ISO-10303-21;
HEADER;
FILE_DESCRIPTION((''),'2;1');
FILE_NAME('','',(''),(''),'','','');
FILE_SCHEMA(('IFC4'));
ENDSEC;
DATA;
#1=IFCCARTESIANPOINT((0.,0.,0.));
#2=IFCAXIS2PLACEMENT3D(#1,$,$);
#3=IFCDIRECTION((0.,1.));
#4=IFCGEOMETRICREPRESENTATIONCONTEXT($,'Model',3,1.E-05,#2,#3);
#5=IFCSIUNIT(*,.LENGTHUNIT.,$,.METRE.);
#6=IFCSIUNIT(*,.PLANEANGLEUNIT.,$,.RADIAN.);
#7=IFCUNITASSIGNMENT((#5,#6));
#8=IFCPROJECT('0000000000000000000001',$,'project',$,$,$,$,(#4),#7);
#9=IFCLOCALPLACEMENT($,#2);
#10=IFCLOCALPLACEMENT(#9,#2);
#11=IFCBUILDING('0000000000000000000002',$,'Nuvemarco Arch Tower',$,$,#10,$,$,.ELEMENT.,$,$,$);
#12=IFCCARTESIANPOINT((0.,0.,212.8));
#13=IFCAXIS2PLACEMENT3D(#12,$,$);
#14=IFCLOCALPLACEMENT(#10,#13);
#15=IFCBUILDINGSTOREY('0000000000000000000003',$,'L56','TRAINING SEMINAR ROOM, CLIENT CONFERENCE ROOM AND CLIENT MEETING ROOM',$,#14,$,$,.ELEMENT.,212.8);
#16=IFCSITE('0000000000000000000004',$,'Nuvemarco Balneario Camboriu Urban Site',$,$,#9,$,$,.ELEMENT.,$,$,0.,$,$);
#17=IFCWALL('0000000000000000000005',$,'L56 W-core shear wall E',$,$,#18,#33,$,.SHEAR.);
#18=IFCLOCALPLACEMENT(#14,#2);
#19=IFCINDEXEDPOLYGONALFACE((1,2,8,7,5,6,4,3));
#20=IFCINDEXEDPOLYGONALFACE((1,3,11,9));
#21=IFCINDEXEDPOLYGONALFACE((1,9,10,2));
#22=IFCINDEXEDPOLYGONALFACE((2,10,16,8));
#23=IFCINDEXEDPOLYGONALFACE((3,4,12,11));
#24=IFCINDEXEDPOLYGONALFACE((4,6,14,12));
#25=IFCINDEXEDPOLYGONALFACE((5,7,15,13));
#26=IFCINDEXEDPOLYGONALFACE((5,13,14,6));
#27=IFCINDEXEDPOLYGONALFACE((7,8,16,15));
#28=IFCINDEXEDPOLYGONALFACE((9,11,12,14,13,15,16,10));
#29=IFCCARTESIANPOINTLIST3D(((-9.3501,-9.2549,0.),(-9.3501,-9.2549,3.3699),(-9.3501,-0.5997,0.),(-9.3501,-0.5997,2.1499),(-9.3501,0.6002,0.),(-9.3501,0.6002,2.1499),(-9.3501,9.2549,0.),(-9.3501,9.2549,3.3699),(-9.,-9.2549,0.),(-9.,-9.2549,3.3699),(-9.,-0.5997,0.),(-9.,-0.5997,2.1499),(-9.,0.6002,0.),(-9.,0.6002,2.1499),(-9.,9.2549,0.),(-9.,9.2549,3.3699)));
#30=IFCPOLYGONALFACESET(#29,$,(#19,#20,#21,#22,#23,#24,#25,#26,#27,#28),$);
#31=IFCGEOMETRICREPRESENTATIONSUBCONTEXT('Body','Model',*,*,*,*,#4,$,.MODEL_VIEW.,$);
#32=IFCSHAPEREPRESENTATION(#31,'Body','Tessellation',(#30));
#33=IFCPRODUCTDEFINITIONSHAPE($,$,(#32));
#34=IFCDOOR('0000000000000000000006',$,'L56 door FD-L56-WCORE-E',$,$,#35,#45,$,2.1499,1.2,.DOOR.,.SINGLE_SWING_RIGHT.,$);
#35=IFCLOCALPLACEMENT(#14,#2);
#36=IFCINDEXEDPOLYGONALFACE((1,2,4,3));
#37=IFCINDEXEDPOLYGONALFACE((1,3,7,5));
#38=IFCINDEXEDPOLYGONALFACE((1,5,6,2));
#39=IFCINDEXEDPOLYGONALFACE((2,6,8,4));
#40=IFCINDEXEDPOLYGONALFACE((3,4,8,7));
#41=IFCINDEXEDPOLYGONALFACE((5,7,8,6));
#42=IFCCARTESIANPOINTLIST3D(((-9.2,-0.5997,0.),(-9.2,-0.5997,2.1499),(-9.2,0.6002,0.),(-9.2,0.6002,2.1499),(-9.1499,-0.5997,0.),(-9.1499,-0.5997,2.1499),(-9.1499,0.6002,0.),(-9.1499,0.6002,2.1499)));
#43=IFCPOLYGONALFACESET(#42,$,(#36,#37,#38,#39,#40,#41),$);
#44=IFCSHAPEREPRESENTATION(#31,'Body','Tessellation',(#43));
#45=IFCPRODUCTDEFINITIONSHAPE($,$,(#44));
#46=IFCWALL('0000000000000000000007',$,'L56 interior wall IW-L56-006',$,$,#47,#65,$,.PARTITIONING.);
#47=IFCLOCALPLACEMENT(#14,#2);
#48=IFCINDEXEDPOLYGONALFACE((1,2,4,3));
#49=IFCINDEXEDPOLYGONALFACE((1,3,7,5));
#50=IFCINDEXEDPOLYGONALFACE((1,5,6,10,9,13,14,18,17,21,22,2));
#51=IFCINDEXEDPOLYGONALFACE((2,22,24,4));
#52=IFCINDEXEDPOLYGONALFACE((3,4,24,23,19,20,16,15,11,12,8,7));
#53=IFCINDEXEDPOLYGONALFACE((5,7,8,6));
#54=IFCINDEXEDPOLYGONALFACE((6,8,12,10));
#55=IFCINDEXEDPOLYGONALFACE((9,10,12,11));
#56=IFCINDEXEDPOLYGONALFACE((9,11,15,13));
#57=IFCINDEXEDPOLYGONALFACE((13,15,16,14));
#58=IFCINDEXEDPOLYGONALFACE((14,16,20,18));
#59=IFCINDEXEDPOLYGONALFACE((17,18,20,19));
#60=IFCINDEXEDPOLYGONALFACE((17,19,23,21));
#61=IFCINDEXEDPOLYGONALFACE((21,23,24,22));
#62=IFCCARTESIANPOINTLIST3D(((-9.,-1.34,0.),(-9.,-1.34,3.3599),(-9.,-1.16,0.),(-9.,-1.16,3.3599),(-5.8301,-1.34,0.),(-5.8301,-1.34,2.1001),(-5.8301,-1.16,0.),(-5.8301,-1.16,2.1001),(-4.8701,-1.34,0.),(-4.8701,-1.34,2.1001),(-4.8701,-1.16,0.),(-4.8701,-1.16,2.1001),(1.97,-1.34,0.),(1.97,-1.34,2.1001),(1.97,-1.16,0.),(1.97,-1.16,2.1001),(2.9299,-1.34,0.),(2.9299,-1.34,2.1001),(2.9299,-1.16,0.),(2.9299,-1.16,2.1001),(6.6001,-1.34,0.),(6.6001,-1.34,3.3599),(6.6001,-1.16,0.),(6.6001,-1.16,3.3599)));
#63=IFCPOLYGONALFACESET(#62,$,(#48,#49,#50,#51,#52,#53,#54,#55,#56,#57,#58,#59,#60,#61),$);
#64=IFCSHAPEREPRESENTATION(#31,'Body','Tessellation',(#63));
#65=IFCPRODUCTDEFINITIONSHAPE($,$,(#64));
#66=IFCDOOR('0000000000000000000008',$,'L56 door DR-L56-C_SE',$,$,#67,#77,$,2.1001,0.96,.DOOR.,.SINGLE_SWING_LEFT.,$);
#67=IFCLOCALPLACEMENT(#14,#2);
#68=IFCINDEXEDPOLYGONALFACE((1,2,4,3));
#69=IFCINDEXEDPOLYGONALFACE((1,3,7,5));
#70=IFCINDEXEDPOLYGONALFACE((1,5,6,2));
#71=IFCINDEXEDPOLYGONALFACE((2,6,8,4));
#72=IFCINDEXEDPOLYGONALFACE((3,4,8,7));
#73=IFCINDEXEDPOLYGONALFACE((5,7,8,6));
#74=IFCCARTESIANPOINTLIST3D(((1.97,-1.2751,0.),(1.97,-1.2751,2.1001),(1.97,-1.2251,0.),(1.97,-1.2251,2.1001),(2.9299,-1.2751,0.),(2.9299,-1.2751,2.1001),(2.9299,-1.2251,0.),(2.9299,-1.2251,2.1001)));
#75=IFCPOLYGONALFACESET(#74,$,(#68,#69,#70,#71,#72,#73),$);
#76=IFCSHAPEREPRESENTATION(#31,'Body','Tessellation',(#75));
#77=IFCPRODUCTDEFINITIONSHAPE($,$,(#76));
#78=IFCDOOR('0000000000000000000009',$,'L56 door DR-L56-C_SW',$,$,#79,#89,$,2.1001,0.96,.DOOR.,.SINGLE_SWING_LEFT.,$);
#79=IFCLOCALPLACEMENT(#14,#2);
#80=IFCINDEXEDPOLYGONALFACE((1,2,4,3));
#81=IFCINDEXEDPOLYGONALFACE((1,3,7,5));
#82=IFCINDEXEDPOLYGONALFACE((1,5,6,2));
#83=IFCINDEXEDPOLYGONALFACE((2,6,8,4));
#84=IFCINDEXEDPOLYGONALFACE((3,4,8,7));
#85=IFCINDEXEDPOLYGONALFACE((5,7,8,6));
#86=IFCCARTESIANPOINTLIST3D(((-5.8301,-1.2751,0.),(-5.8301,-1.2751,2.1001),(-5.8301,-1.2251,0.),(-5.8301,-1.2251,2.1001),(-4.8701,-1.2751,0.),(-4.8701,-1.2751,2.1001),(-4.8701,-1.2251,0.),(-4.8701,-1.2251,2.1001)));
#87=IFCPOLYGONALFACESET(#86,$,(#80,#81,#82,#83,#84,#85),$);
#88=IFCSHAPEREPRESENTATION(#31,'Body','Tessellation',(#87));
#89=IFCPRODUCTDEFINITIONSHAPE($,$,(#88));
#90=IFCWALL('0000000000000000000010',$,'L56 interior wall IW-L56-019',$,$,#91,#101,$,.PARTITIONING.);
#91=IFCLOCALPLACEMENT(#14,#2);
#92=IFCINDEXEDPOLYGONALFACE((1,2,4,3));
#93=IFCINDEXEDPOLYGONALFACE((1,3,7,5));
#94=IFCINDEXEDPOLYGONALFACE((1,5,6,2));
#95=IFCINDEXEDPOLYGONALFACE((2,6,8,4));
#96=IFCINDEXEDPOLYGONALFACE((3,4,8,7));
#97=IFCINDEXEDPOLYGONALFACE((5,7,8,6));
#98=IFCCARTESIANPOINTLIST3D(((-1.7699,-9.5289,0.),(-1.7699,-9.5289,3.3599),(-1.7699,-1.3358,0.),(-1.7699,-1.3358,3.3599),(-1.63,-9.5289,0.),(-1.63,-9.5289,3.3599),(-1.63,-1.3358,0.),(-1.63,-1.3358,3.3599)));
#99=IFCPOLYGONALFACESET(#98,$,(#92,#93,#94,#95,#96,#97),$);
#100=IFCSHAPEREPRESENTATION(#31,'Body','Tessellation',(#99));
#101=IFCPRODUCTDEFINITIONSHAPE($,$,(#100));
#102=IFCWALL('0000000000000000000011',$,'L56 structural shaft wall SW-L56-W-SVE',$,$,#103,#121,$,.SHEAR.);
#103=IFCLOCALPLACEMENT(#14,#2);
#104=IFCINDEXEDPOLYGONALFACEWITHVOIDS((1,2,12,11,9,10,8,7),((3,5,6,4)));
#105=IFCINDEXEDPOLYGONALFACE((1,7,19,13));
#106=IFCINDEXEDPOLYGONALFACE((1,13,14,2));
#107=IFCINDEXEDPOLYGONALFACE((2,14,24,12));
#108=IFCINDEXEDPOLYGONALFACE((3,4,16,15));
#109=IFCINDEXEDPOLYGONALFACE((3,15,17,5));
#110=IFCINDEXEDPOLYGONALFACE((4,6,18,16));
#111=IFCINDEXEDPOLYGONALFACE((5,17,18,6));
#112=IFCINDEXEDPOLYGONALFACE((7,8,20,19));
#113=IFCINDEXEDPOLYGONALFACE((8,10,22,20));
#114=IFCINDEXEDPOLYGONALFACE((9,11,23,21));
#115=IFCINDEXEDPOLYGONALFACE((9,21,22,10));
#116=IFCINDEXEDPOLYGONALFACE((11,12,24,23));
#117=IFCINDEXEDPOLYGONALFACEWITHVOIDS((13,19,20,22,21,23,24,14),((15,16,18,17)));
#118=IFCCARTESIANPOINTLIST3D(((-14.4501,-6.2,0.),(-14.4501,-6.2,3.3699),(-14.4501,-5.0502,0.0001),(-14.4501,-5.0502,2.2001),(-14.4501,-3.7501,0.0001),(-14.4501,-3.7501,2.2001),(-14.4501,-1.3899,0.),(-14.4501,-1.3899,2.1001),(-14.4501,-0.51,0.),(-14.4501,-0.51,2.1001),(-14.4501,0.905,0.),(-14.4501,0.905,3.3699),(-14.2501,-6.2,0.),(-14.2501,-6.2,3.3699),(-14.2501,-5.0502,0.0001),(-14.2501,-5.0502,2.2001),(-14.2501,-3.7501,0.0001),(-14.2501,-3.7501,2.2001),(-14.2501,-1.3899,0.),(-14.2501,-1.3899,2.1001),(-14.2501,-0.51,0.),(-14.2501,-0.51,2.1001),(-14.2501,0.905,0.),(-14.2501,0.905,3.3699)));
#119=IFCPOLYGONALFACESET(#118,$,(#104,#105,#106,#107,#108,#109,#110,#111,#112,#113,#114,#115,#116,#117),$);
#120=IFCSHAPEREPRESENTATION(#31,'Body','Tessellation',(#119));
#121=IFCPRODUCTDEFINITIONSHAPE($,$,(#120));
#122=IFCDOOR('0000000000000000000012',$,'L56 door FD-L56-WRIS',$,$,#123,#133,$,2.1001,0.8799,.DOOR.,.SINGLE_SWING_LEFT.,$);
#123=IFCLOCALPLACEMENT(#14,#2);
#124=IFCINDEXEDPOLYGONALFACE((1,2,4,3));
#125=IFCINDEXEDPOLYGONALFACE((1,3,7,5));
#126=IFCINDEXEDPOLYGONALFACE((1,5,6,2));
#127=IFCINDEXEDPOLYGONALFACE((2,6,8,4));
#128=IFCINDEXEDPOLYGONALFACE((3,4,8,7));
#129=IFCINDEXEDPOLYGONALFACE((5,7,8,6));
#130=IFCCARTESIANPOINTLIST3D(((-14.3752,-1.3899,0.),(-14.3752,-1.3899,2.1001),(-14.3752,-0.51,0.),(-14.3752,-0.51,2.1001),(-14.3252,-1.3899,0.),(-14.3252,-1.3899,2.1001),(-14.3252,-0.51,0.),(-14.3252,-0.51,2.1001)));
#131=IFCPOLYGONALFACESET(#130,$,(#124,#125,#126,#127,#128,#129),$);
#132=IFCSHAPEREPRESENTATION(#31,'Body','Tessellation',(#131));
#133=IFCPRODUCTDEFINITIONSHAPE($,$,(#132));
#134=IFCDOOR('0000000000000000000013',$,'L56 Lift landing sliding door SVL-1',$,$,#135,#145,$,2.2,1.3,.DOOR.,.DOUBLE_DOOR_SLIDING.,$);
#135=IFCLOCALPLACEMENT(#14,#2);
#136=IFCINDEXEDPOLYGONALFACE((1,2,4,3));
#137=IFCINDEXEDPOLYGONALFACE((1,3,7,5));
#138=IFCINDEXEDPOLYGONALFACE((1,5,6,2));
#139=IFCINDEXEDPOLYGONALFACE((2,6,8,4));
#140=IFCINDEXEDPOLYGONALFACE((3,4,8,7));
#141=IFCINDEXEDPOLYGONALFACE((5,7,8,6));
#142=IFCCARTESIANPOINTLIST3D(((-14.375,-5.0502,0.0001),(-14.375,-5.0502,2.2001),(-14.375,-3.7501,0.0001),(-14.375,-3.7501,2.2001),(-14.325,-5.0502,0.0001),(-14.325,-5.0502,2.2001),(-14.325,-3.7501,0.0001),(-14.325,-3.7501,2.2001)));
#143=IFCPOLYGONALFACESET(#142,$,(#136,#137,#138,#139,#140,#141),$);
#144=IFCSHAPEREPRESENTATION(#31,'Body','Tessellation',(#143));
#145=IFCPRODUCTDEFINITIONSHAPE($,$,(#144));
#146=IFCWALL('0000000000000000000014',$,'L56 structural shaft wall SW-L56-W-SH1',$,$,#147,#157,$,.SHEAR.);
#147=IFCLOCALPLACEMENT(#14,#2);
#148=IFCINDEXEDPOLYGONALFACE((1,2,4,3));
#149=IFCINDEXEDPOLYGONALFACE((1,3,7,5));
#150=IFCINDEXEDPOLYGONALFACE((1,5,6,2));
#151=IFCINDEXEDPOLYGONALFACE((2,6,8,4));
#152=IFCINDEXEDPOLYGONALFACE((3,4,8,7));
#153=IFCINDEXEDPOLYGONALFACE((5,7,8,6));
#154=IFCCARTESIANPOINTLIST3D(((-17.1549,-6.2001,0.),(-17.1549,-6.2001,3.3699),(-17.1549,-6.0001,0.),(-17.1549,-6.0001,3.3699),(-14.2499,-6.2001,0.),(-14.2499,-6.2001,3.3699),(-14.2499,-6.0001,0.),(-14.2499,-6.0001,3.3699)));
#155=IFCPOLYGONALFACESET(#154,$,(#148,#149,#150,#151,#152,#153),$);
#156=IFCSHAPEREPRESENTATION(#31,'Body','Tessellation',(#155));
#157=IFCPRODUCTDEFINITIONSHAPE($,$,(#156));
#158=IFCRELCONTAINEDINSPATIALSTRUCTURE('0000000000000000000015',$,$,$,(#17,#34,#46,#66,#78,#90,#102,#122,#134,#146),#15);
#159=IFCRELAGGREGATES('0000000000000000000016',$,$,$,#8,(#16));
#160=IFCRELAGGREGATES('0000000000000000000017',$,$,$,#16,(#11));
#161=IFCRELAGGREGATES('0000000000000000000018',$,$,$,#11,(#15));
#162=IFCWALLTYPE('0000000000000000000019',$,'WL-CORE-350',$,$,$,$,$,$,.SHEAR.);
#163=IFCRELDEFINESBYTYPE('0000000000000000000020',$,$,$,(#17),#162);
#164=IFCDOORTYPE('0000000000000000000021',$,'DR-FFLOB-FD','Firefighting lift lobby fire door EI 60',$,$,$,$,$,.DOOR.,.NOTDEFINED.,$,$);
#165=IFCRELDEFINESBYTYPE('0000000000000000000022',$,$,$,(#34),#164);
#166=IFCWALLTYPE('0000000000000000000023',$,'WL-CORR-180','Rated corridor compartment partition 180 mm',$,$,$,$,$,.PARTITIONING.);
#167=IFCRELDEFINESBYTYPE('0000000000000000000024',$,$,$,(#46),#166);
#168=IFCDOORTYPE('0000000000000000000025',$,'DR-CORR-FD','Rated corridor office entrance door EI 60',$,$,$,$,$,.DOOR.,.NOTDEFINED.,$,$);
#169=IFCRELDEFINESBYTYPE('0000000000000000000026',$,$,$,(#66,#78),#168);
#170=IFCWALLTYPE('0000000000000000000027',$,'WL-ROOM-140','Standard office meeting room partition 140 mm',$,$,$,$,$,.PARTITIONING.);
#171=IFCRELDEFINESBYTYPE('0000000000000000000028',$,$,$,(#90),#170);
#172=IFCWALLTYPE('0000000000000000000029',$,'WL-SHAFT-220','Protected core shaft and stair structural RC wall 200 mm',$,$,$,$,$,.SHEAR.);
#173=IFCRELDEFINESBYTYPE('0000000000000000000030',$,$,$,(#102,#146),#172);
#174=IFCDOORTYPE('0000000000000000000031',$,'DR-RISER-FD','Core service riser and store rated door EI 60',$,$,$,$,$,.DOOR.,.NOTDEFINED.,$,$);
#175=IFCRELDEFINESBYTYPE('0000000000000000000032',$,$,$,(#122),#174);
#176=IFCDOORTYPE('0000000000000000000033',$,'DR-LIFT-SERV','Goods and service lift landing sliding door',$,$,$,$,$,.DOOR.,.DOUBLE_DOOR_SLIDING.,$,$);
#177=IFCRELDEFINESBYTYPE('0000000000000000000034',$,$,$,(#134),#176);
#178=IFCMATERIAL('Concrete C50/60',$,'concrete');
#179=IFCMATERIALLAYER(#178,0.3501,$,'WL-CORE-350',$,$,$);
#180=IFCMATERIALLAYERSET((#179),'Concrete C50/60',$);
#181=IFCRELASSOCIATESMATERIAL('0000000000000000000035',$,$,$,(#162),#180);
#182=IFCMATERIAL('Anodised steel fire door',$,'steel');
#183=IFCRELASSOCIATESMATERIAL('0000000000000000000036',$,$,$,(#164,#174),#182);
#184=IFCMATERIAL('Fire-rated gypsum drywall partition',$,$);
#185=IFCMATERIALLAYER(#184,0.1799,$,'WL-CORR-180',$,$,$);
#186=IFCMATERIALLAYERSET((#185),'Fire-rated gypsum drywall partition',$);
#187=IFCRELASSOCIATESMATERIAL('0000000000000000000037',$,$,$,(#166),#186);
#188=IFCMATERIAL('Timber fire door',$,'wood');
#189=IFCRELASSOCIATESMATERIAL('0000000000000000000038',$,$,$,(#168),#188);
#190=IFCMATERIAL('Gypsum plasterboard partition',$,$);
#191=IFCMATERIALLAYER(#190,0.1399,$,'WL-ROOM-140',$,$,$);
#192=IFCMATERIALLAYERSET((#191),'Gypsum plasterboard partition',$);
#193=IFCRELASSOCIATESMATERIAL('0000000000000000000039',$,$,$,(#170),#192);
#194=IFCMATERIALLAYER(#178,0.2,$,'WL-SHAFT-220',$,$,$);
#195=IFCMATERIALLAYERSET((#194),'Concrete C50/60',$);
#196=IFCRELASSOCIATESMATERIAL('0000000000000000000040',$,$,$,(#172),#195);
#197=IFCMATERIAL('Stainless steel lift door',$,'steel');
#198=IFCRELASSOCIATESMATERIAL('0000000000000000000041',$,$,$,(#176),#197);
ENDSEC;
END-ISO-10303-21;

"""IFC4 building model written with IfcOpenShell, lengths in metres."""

from ifc_helpers import new_model, si_unit, direction, frame, frame_2d, origin, place, context, subcontext, project, spatial, rectangle, extrude, source, transform, mapped, material, layer, layer_set, type_object, type_shapes, element, fill, save


model = new_model("IFC4")

# Units and contexts
model_context = context("Model", 3, precision=1e-05, world=origin(), true_north=direction((0.0, 1.0)))
body_context = subcontext(model_context, "Body", "Model", "MODEL_VIEW")
ifc_project = project(units=[si_unit("LENGTHUNIT", "METRE"), si_unit("PLANEANGLEUNIT", "RADIAN")], contexts=[model_context])

# Site, building, storey
site_placement = place(None, origin())
site = spatial("IfcSite", under=ifc_project, at=site_placement, Name="Nuvemarco Balneario Camboriu Urban Site", CompositionType="ELEMENT", RefElevation=0.0)
building_placement = place(site_placement, origin())
building = spatial("IfcBuilding", under=site, at=building_placement, Name="Nuvemarco Arch Tower", CompositionType="ELEMENT")
storey_placement = place(building_placement, frame((0.0, 0.0, 212.8)))
storey = spatial("IfcBuildingStorey", under=building, at=storey_placement, Name="L56", Description="TRAINING SEMINAR ROOM, CLIENT CONFERENCE ROOM AND CLIENT MEETING ROOM", CompositionType="ELEMENT", Elevation=212.8)

# Shared definitions
ifc_material_1 = material(Name="Concrete C50/60", Category="concrete")

# Shared definitions
ifc_layer_1 = layer(ifc_material_1, 0.3501, Name="WL-CORE-350")
ifc_layer_set_1 = layer_set([ifc_layer_1], Name="Concrete C50/60")
wall_type_1 = type_object("IfcWallType", Name="WL-CORE-350", PredefinedType="SHEAR", material=ifc_layer_set_1)

# Wall, opening, door
wall_1_placement = place(storey_placement, frame((-9.175, -9.2549, 0.0), z_axis=(0.0, 0.0, 1.0), x_axis=(0.0, 1.0, 0.0)))
wall_1 = element("IfcWall", 1, at=wall_1_placement, inside=storey, type_object=wall_type_1, Name="L56 W-core shear wall E", PredefinedType="SHEAR", context=body_context, shape_type="SweptSolid", body=[
    extrude(rectangle(XDim=18.5098, YDim=0.3501, at=frame_2d((9.2549, 0.0))), origin(), (0.0, 0.0, 1.0), 3.3699),
])
opening_1_placement = place(wall_1_placement, frame((8.655, 0.0, 0.0)))
opening_1 = element("IfcOpeningElement", 2, at=opening_1_placement, cuts=wall_1, PredefinedType="OPENING", context=body_context, shape_type="SweptSolid", body=[
    extrude(rectangle(XDim=1.2, YDim=2.1499, at=frame_2d((0.6001, 1.075))), frame((0.0, 0.1851, 0.0), z_axis=(0.0, -1.0, 0.0), x_axis=(1.0, 0.0, 0.0)), (0.0, 0.0, 1.0), 0.3701),
])
ifc_material_2 = material(Name="Anodised steel fire door", Category="steel")
door_type_1 = type_object("IfcDoorType", Name="DR-FFLOB-FD", Description="Firefighting lift lobby fire door EI 60", OperationType="NOTDEFINED", PredefinedType="DOOR", material=ifc_material_2)
shared_shape_1 = source(origin(), body_context, "Body", "SweptSolid", [
    extrude(rectangle(XDim=1.2, YDim=2.1499, at=frame_2d((0.6001, 1.075))), frame((0.0, 0.0249, 0.0), z_axis=(0.0, -1.0, 0.0), x_axis=(1.0, 0.0, 0.0)), (0.0, 0.0, 1.0), 0.05),
])
type_shapes(door_type_1, [shared_shape_1])
door_1_placement = place(opening_1_placement, origin())
door_1 = element("IfcDoor", 3, at=door_1_placement, inside=storey, type_object=door_type_1, Name="L56 door FD-L56-WCORE-E", OperationType="SINGLE_SWING_RIGHT", OverallHeight=2.1499, OverallWidth=1.2, PredefinedType="DOOR", context=body_context, shape_type="MappedRepresentation", body=[
    mapped(shared_shape_1, transform((0.0, 0.0, 0.0), scale=1.0)),
])
fill(opening_1, door_1)

# Wall, openings, doors
ifc_material_3 = material(Name="Fire-rated gypsum drywall partition")
ifc_layer_2 = layer(ifc_material_3, 0.1799, Name="WL-CORR-180")
ifc_layer_set_2 = layer_set([ifc_layer_2], Name="Fire-rated gypsum drywall partition")
wall_type_2 = type_object("IfcWallType", Name="WL-CORR-180", Description="Rated corridor compartment partition 180 mm", PredefinedType="PARTITIONING", material=ifc_layer_set_2)
wall_2_placement = place(storey_placement, frame((-9.0, -1.25, 0.0), z_axis=(0.0, 0.0, 1.0), x_axis=(1.0, 0.0, 0.0)))
wall_2 = element("IfcWall", 4, at=wall_2_placement, inside=storey, type_object=wall_type_2, Name="L56 interior wall IW-L56-006", PredefinedType="PARTITIONING", context=body_context, shape_type="SweptSolid", body=[
    extrude(rectangle(XDim=15.6001, YDim=0.1799, at=frame_2d((7.8, 0.0))), origin(), (0.0, 0.0, 1.0), 3.3599),
])
opening_2_placement = place(wall_2_placement, frame((10.97, 0.0, 0.0)))
opening_2 = element("IfcOpeningElement", 5, at=opening_2_placement, cuts=wall_2, PredefinedType="OPENING", context=body_context, shape_type="SweptSolid", body=[
    extrude(rectangle(XDim=0.96, YDim=2.1001, at=frame_2d((0.48, 1.05))), frame((0.0, 0.0999, 0.0), z_axis=(0.0, -1.0, 0.0), x_axis=(1.0, 0.0, 0.0)), (0.0, 0.0, 1.0), 0.2),
])
opening_3_placement = place(wall_2_placement, frame((3.1699, 0.0, 0.0)))
opening_3 = element("IfcOpeningElement", 6, at=opening_3_placement, cuts=wall_2, PredefinedType="OPENING", context=body_context, shape_type="SweptSolid", body=[
    extrude(rectangle(XDim=0.96, YDim=2.1001, at=frame_2d((0.48, 1.05))), frame((0.0, 0.0999, 0.0), z_axis=(0.0, -1.0, 0.0), x_axis=(1.0, 0.0, 0.0)), (0.0, 0.0, 1.0), 0.2),
])
ifc_material_4 = material(Name="Timber fire door", Category="wood")
door_type_2 = type_object("IfcDoorType", Name="DR-CORR-FD", Description="Rated corridor office entrance door EI 60", OperationType="NOTDEFINED", PredefinedType="DOOR", material=ifc_material_4)
shared_shape_2 = source(origin(), body_context, "Body", "SweptSolid", [
    extrude(rectangle(XDim=0.96, YDim=2.1001, at=frame_2d((0.48, 1.05))), frame((0.0, 0.0249, 0.0), z_axis=(0.0, -1.0, 0.0), x_axis=(1.0, 0.0, 0.0)), (0.0, 0.0, 1.0), 0.05),
])
type_shapes(door_type_2, [shared_shape_2])
door_2_placement = place(opening_2_placement, origin())
door_2 = element("IfcDoor", 7, at=door_2_placement, inside=storey, type_object=door_type_2, Name="L56 door DR-L56-C_SE", OperationType="SINGLE_SWING_LEFT", OverallHeight=2.1001, OverallWidth=0.96, PredefinedType="DOOR", context=body_context, shape_type="MappedRepresentation", body=[
    mapped(shared_shape_2, transform((0.0, 0.0, 0.0), scale=1.0)),
])
fill(opening_2, door_2)
door_3_placement = place(opening_3_placement, origin())
door_3 = element("IfcDoor", 8, at=door_3_placement, inside=storey, type_object=door_type_2, Name="L56 door DR-L56-C_SW", OperationType="SINGLE_SWING_LEFT", OverallHeight=2.1001, OverallWidth=0.96, PredefinedType="DOOR", context=body_context, shape_type="MappedRepresentation", body=[
    mapped(shared_shape_2, transform((0.0, 0.0, 0.0), scale=1.0)),
])
fill(opening_3, door_3)

# Wall
ifc_material_5 = material(Name="Gypsum plasterboard partition")
ifc_layer_3 = layer(ifc_material_5, 0.1399, Name="WL-ROOM-140")
ifc_layer_set_3 = layer_set([ifc_layer_3], Name="Gypsum plasterboard partition")
wall_type_3 = type_object("IfcWallType", Name="WL-ROOM-140", Description="Standard office meeting room partition 140 mm", PredefinedType="PARTITIONING", material=ifc_layer_set_3)
wall_3_placement = place(storey_placement, frame((-1.7, -9.5291, 0.0), z_axis=(0.0, 0.0, 1.0), x_axis=(0.0, 1.0, 0.0)))
element("IfcWall", 9, at=wall_3_placement, inside=storey, type_object=wall_type_3, Name="L56 interior wall IW-L56-019", PredefinedType="PARTITIONING", context=body_context, shape_type="SweptSolid", body=[
    extrude(rectangle(XDim=8.1931, YDim=0.1399, at=frame_2d((4.0967, 0.0))), origin(), (0.0, 0.0, 1.0), 3.3599),
])

# Shared definitions
ifc_layer_4 = layer(ifc_material_1, 0.2, Name="WL-SHAFT-220")
ifc_layer_set_4 = layer_set([ifc_layer_4], Name="Concrete C50/60")
wall_type_4 = type_object("IfcWallType", Name="WL-SHAFT-220", Description="Protected core shaft and stair structural RC wall 200 mm", PredefinedType="SHEAR", material=ifc_layer_set_4)
ifc_material_6 = material(Name="Stainless steel lift door", Category="steel")

# Wall, openings, doors
wall_4_placement = place(storey_placement, frame((-14.3501, -6.2, 0.0), z_axis=(0.0, 0.0, 1.0), x_axis=(0.0, 1.0, 0.0)))
wall_4 = element("IfcWall", 10, at=wall_4_placement, inside=storey, type_object=wall_type_4, Name="L56 structural shaft wall SW-L56-W-SVE", PredefinedType="SHEAR", context=body_context, shape_type="SweptSolid", body=[
    extrude(rectangle(XDim=7.105, YDim=0.2, at=frame_2d((3.5525, 0.0))), origin(), (0.0, 0.0, 1.0), 3.3699),
])
opening_4_placement = place(wall_4_placement, frame((5.6899, 0.0, 0.0), z_axis=(0.0, 0.0, 1.0), x_axis=(-1.0, 0.0, 0.0)))
opening_4 = element("IfcOpeningElement", 11, at=opening_4_placement, cuts=wall_4, PredefinedType="OPENING", context=body_context, shape_type="SweptSolid", body=[
    extrude(rectangle(XDim=0.8799, YDim=2.1001, at=frame_2d((0.4399, 1.05))), frame((0.0, 0.1099, 0.0), z_axis=(0.0, -1.0, 0.0), x_axis=(1.0, 0.0, 0.0)), (0.0, 0.0, 1.0), 0.22),
])
opening_5_placement = place(wall_4_placement, frame((1.1499, 0.0, 0.0)))
opening_5 = element("IfcOpeningElement", 12, at=opening_5_placement, cuts=wall_4, PredefinedType="OPENING", context=body_context, shape_type="SweptSolid", body=[
    extrude(rectangle(XDim=1.3, YDim=2.2, at=frame_2d((0.6499, 1.1001))), frame((0.0, 0.1099, 0.0), z_axis=(0.0, -1.0, 0.0), x_axis=(1.0, 0.0, 0.0)), (0.0, 0.0, 1.0), 0.22),
])
door_type_3 = type_object("IfcDoorType", Name="DR-RISER-FD", Description="Core service riser and store rated door EI 60", OperationType="NOTDEFINED", PredefinedType="DOOR", material=ifc_material_2)
shared_shape_3 = source(origin(), body_context, "Body", "SweptSolid", [
    extrude(rectangle(XDim=0.8799, YDim=2.1001, at=frame_2d((0.4399, 1.05))), frame((0.0, 0.0249, 0.0), z_axis=(0.0, -1.0, 0.0), x_axis=(1.0, 0.0, 0.0)), (0.0, 0.0, 1.0), 0.05),
])
type_shapes(door_type_3, [shared_shape_3])
door_4_placement = place(opening_4_placement, origin())
door_4 = element("IfcDoor", 13, at=door_4_placement, inside=storey, type_object=door_type_3, Name="L56 door FD-L56-WRIS", OperationType="SINGLE_SWING_LEFT", OverallHeight=2.1001, OverallWidth=0.8799, PredefinedType="DOOR", context=body_context, shape_type="MappedRepresentation", body=[
    mapped(shared_shape_3, transform((0.0, 0.0, 0.0), scale=1.0)),
])
fill(opening_4, door_4)
door_type_4 = type_object("IfcDoorType", Name="DR-LIFT-SERV", Description="Goods and service lift landing sliding door", OperationType="DOUBLE_DOOR_SLIDING", PredefinedType="DOOR", material=ifc_material_6)
shared_shape_4 = source(origin(), body_context, "Body", "SweptSolid", [
    extrude(rectangle(XDim=1.3, YDim=2.2, at=frame_2d((0.6499, 1.1001))), frame((0.0, 0.0249, 0.0), z_axis=(0.0, -1.0, 0.0), x_axis=(1.0, 0.0, 0.0)), (0.0, 0.0, 1.0), 0.05),
])
type_shapes(door_type_4, [shared_shape_4])
door_5_placement = place(opening_5_placement, origin())
door_5 = element("IfcDoor", 14, at=door_5_placement, inside=storey, type_object=door_type_4, Name="L56 Lift landing sliding door SVL-1", OperationType="DOUBLE_DOOR_SLIDING", OverallHeight=2.2, OverallWidth=1.3, PredefinedType="DOOR", context=body_context, shape_type="MappedRepresentation", body=[
    mapped(shared_shape_4, transform((0.0, 0.0, 0.0), scale=1.0)),
])
fill(opening_5, door_5)

# Wall
wall_5_placement = place(storey_placement, frame((-17.155, -6.1001, 0.0), z_axis=(0.0, 0.0, 1.0), x_axis=(1.0, 0.0, 0.0)))
element("IfcWall", 15, at=wall_5_placement, inside=storey, type_object=wall_type_4, Name="L56 structural shaft wall SW-L56-W-SH1", PredefinedType="SHEAR", context=body_context, shape_type="SweptSolid", body=[
    extrude(rectangle(XDim=2.905, YDim=0.2, at=frame_2d((1.4526, 0.0))), origin(), (0.0, 0.0, 1.0), 3.3699),
])

save(model, "model.ifc")
